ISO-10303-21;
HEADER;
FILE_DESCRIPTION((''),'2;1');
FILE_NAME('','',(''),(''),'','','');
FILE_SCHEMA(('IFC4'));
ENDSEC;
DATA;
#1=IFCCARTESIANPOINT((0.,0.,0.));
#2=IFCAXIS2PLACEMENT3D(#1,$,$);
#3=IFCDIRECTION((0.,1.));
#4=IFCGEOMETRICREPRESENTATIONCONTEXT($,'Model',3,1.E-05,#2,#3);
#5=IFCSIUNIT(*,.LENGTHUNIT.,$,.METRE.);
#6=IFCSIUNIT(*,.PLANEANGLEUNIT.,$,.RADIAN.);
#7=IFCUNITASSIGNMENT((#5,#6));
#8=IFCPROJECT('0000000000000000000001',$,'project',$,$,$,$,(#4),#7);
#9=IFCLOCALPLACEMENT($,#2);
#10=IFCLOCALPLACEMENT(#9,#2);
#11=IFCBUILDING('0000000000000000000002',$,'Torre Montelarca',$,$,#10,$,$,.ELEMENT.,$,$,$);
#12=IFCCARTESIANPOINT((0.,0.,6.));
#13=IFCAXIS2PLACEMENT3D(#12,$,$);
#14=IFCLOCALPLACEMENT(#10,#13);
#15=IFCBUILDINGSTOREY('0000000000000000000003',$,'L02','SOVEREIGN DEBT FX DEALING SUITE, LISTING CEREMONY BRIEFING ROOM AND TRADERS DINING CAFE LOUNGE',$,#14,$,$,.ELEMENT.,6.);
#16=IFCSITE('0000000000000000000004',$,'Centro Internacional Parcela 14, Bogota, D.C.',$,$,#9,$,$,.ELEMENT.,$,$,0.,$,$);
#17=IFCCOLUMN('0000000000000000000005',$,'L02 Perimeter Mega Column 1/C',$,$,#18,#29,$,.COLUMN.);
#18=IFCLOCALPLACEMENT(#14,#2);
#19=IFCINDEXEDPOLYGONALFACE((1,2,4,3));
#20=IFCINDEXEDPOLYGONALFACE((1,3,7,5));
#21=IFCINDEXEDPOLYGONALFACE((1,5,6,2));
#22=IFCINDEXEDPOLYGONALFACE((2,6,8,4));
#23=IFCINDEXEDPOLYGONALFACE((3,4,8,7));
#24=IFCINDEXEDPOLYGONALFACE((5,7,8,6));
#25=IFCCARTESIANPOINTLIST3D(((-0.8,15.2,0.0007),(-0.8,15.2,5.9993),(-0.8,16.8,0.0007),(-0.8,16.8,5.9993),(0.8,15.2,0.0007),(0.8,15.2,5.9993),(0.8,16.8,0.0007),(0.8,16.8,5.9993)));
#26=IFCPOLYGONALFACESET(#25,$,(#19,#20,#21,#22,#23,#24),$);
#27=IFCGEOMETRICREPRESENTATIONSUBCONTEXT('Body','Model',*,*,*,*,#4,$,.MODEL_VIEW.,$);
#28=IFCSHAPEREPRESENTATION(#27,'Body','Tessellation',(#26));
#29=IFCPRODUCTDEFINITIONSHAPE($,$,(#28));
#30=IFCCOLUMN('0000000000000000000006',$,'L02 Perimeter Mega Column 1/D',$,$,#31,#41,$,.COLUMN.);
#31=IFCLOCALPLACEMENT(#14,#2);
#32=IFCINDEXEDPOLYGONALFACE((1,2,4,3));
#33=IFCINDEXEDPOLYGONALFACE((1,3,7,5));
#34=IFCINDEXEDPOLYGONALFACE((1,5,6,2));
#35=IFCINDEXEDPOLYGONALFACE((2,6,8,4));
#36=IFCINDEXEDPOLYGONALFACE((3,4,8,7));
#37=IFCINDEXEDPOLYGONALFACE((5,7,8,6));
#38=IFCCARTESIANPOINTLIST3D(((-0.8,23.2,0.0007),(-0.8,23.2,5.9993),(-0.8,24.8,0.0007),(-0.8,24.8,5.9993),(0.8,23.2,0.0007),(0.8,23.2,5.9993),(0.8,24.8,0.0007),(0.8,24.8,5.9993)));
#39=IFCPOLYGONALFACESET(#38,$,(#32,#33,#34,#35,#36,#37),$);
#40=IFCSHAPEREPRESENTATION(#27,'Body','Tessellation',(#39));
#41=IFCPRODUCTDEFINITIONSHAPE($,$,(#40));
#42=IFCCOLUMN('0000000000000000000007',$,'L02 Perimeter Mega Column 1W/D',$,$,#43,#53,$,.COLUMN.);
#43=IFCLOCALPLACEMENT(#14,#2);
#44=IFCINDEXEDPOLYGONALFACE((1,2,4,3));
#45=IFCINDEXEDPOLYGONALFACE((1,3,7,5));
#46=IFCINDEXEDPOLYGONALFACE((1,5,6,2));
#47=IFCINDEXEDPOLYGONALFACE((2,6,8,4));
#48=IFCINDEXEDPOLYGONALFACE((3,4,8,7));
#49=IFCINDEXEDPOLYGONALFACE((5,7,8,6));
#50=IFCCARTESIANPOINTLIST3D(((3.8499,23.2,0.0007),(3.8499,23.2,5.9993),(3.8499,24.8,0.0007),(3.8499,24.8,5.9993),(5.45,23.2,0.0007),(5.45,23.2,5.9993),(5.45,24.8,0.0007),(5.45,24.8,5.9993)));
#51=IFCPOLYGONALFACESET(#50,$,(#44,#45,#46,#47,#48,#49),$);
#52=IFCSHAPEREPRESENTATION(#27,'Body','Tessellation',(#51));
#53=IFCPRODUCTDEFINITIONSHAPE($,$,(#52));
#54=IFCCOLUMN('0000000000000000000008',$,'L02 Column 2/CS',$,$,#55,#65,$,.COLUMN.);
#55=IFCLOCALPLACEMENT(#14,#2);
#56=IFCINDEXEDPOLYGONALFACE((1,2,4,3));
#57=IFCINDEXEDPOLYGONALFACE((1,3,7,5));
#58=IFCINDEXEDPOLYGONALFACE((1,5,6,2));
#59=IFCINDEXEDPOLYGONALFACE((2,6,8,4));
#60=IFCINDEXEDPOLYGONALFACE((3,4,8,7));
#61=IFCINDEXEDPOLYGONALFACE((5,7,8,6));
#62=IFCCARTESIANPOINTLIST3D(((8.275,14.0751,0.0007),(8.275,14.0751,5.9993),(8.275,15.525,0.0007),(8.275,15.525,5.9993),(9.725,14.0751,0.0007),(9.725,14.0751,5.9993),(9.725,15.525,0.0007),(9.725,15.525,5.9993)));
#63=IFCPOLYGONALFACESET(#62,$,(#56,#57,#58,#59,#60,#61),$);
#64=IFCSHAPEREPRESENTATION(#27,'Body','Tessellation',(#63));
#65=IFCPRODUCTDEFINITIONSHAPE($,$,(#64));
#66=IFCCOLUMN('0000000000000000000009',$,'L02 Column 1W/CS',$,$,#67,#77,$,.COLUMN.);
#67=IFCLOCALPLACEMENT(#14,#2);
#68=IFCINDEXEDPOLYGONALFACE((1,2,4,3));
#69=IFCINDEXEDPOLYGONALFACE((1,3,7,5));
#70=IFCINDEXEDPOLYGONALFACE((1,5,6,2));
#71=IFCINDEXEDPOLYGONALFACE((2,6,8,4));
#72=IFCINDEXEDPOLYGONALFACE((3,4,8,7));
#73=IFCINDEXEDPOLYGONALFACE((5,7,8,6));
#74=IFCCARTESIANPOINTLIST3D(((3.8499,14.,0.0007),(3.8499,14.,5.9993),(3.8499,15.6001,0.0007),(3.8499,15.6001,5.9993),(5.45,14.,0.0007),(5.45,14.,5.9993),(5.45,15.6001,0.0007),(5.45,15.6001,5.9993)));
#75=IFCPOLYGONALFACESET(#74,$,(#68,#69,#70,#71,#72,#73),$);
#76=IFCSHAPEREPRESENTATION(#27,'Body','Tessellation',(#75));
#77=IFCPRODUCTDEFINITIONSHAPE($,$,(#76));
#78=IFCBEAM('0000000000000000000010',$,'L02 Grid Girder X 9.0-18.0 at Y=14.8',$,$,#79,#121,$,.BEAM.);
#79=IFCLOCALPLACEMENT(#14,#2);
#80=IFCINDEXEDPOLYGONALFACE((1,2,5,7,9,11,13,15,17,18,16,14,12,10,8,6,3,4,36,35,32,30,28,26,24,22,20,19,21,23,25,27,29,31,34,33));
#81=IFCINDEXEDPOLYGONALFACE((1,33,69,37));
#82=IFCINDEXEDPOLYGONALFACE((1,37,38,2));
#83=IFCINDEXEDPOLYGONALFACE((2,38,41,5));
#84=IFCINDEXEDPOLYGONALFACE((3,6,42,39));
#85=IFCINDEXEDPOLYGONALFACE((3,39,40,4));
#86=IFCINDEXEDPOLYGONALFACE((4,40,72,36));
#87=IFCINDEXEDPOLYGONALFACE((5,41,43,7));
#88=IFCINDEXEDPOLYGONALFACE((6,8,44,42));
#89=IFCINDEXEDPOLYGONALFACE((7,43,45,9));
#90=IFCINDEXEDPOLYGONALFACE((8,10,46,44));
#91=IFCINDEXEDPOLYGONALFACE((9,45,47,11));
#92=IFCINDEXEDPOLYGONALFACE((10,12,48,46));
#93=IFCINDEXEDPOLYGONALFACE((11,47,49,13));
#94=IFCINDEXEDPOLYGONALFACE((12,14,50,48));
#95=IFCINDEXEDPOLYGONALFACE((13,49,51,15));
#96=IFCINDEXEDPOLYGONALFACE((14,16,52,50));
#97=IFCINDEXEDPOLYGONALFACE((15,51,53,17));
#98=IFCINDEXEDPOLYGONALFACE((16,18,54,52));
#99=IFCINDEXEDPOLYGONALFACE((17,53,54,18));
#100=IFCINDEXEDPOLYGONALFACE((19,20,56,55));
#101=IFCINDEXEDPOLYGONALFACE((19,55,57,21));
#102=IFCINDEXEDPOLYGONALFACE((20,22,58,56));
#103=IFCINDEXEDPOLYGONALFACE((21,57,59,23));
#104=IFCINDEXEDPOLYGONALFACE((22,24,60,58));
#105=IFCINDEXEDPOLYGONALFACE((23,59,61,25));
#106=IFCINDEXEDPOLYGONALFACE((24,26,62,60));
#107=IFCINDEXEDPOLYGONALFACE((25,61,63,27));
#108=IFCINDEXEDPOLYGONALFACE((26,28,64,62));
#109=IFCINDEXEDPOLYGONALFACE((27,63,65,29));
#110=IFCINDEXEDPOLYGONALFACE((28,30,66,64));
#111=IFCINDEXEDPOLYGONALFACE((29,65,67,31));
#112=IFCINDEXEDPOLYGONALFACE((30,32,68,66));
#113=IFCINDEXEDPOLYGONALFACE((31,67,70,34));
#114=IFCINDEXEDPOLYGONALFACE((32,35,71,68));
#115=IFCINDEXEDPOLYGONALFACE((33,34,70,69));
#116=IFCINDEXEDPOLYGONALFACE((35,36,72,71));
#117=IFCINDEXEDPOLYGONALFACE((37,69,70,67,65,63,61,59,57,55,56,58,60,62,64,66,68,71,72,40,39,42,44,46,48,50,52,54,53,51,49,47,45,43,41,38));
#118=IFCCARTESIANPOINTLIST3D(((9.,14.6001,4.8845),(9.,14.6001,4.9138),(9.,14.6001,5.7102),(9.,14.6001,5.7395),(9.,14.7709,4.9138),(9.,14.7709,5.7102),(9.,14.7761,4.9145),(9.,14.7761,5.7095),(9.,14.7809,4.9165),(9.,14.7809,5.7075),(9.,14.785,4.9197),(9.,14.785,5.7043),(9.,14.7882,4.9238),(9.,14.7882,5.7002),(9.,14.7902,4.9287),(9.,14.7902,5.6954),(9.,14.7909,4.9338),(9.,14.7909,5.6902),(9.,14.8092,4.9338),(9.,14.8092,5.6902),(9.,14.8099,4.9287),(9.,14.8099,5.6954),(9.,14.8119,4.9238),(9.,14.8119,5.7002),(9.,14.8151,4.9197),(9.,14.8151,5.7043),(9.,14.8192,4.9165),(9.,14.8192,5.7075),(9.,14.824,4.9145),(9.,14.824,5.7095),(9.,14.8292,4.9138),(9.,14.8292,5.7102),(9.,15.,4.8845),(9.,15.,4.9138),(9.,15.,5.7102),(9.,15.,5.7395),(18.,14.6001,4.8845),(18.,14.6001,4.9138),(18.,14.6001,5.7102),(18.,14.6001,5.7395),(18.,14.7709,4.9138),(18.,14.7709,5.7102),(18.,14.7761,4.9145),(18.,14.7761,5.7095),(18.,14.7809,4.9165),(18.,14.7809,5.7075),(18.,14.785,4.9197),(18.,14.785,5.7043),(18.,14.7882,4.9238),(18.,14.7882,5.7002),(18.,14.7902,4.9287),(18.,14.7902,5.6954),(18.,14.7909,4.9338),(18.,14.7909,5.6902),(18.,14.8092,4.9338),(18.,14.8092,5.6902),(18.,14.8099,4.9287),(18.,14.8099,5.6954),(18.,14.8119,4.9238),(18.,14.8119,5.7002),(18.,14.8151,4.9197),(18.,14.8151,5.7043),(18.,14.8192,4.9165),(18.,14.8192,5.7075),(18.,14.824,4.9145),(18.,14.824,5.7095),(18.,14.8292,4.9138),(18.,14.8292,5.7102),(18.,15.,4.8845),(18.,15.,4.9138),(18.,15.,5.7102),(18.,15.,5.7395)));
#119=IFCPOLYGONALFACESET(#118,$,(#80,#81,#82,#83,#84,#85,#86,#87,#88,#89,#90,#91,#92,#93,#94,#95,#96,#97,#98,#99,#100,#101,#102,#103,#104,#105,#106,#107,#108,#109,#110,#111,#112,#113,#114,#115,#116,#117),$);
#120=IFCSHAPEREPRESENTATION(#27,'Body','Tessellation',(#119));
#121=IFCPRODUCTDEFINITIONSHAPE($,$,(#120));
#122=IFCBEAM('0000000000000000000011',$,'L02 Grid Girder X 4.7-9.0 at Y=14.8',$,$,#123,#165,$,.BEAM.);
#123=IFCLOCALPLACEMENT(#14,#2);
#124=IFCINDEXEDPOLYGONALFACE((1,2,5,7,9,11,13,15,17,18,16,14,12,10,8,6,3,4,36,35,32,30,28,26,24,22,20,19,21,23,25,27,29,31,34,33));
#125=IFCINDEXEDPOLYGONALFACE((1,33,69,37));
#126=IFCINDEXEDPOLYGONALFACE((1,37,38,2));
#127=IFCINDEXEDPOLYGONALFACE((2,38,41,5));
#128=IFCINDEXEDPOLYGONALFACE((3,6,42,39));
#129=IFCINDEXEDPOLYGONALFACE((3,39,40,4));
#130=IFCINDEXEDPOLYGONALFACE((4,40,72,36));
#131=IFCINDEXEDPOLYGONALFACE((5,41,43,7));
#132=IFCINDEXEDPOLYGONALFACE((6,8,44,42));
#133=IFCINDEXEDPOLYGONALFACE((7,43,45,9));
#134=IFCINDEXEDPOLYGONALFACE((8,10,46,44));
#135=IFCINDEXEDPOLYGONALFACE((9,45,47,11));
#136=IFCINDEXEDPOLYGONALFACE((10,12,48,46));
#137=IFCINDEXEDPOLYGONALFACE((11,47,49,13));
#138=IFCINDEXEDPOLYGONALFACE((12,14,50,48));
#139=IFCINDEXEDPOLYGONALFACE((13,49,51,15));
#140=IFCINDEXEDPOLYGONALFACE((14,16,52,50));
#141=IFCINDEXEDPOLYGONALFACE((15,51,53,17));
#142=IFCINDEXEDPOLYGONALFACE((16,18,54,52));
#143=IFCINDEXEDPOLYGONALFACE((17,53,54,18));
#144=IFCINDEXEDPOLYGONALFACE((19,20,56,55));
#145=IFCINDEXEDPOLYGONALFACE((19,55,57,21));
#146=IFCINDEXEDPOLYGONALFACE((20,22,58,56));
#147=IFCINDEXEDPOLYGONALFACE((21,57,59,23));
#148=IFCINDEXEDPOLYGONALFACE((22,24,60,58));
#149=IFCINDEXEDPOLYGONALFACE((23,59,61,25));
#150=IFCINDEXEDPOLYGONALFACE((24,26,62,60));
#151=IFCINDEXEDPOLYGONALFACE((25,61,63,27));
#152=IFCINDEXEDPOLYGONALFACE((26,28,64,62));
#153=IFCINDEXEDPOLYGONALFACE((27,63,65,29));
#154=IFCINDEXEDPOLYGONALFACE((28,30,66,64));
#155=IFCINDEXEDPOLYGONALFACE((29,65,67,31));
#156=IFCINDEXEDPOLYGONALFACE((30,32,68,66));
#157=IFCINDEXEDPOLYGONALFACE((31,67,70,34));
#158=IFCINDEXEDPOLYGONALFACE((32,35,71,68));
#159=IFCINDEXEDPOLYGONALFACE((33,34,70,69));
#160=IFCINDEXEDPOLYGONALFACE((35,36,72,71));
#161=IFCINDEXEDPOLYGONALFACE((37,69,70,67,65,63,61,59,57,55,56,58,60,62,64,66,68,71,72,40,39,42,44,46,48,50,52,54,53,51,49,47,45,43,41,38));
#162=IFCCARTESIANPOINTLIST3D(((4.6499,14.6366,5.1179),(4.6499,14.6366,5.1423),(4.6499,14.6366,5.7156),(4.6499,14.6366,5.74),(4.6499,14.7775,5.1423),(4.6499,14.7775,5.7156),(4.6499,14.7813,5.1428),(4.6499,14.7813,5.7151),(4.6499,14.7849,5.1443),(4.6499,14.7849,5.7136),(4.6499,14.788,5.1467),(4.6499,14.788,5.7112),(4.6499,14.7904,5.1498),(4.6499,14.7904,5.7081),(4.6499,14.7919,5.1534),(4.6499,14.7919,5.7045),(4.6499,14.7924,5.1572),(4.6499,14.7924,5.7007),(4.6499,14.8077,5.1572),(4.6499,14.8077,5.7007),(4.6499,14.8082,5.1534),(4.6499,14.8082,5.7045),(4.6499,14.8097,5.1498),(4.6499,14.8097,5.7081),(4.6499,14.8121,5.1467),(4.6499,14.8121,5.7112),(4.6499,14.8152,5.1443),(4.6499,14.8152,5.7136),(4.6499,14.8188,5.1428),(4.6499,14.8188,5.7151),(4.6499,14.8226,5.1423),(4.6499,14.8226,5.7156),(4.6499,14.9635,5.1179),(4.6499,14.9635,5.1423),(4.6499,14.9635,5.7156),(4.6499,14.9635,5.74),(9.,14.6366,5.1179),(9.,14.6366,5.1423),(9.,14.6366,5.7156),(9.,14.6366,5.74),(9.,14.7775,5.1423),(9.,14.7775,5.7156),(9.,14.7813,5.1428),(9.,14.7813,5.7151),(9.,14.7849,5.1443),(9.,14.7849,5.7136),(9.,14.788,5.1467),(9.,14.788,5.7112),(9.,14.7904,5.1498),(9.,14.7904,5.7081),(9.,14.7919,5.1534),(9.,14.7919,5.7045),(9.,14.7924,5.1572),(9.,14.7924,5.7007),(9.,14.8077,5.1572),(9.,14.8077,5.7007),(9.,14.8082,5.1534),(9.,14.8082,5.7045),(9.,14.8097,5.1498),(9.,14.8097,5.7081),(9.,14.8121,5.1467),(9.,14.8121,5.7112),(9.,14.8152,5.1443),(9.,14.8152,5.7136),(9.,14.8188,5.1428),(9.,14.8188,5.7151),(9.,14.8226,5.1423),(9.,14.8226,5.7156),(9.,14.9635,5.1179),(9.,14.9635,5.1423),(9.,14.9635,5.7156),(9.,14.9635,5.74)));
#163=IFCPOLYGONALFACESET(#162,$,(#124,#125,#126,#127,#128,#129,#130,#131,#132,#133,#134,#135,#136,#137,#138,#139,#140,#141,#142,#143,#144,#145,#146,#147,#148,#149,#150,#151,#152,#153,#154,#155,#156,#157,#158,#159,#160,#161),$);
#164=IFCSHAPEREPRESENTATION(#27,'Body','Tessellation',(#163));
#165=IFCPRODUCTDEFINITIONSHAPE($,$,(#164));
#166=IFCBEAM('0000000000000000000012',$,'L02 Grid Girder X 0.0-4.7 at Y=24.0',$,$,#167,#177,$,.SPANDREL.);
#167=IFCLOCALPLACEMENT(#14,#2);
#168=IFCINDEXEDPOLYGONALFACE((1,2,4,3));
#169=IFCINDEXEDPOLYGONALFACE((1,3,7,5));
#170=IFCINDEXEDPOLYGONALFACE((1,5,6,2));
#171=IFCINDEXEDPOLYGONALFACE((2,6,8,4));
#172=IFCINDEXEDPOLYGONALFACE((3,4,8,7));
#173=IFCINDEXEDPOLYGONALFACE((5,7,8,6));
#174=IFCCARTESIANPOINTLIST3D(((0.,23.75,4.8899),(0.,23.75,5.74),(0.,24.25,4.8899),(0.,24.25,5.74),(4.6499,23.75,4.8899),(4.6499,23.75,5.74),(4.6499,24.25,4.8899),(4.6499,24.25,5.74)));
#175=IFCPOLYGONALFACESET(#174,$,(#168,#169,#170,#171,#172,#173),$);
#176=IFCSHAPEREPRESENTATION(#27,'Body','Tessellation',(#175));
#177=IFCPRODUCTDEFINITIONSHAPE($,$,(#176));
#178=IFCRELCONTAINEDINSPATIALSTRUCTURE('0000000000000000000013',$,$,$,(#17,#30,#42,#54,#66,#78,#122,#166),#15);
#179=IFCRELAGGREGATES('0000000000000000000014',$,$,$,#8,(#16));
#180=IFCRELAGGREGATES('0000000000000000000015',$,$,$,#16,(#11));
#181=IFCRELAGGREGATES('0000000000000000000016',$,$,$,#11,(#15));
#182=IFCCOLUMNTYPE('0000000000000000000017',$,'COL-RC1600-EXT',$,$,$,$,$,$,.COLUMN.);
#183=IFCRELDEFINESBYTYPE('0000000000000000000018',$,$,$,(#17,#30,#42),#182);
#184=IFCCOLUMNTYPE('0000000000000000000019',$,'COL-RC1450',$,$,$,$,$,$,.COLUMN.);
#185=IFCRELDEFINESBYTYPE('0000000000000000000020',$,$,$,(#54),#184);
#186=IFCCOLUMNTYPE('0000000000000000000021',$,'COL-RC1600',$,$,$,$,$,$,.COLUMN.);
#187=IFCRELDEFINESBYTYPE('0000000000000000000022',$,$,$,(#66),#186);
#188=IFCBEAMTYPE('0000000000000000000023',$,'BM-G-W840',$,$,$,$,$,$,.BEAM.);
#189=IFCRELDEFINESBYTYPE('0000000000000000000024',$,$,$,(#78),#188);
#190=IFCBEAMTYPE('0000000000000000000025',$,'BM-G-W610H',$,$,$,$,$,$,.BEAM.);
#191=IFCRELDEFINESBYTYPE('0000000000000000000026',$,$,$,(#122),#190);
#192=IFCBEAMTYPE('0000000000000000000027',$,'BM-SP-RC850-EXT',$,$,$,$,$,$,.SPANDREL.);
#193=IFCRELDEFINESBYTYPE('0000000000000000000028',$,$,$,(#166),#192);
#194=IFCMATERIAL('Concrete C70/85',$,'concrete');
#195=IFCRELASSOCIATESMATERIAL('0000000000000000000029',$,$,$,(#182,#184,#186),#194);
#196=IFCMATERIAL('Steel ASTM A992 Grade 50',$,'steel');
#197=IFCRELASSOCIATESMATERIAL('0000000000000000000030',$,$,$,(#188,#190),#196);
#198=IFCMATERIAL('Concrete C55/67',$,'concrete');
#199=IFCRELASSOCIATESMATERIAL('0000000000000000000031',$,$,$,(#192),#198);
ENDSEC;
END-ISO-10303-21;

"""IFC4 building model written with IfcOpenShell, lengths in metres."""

from ifc_helpers import new_model, si_unit, direction, frame, origin, origin_2d, place, context, subcontext, project, spatial, rectangle, i_section, extrude, source, transform, mapped, material, material_profile, profile_set, type_object, element, save


model = new_model("IFC4")

# Units and contexts
model_context = context("Model", 3, precision=1e-05, world=origin(), true_north=direction((0.0, 1.0)))
body_context = subcontext(model_context, "Body", "Model", "MODEL_VIEW")
ifc_project = project(units=[si_unit("LENGTHUNIT", "METRE"), si_unit("PLANEANGLEUNIT", "RADIAN")], contexts=[model_context])

# Site, building, storey
site_placement = place(None, origin())
site = spatial("IfcSite", under=ifc_project, at=site_placement, Name="Centro Internacional Parcela 14, Bogota, D.C.", CompositionType="ELEMENT", RefElevation=0.0)
building_placement = place(site_placement, origin())
building = spatial("IfcBuilding", under=site, at=building_placement, Name="Torre Montelarca", CompositionType="ELEMENT")
storey_placement = place(building_placement, frame((0.0, 0.0, 6.0)))
storey = spatial("IfcBuildingStorey", under=building, at=storey_placement, Name="L02", Description="SOVEREIGN DEBT FX DEALING SUITE, LISTING CEREMONY BRIEFING ROOM AND TRADERS DINING CAFE LOUNGE", CompositionType="ELEMENT", Elevation=6.0)

# Columns
ifc_material_1 = material(Name="Concrete C70/85", Category="concrete")
ifc_material_profile_1 = material_profile(ifc_material_1, rectangle(XDim=1.6001, YDim=1.6001, at=origin_2d()), Name="RC1600X1600", Category="concrete")
ifc_profile_set_1 = profile_set([ifc_material_profile_1], Name="Concrete C70/85")
column_type_1 = type_object("IfcColumnType", Name="COL-RC1600-EXT", PredefinedType="COLUMN", material=ifc_profile_set_1)
shared_shape_1 = source(origin(), body_context, "Body", "SweptSolid", [
    extrude(rectangle(XDim=1.6001, YDim=1.6001, at=origin_2d()), origin(), (0.0, 0.0, 1.0), 5.9985),
])
for number, where, z_axis, x_axis, name in (
    (1, (0.0, 16.0, 0.0007), (0.0, 0.0, 1.0), (1.0, 0.0, 0.0), "L02 Perimeter Mega Column 1/C"),
    (2, (0.0, 24.0, 0.0007), (0.0, 0.0, 1.0), (1.0, 0.0, 0.0), "L02 Perimeter Mega Column 1/D"),
    (3, (4.6499, 24.0, 0.0007), (0.0, 0.0, 1.0), (1.0, 0.0, 0.0), "L02 Perimeter Mega Column 1W/D"),
):
    element("IfcColumn", number, at=place(storey_placement, frame(where, z_axis=z_axis, x_axis=x_axis)), inside=storey, type_object=column_type_1, Name=name, PredefinedType="COLUMN", context=body_context, shape_type="MappedRepresentation", body=[
        mapped(shared_shape_1, transform((0.0, 0.0, 0.0), scale=1.0)),
    ])
ifc_material_profile_2 = material_profile(ifc_material_1, rectangle(XDim=1.45, YDim=1.45, at=origin_2d()), Name="RC1450X1450", Category="concrete")
ifc_profile_set_2 = profile_set([ifc_material_profile_2], Name="Concrete C70/85")
column_type_2 = type_object("IfcColumnType", Name="COL-RC1450", PredefinedType="COLUMN", material=ifc_profile_set_2)
shared_shape_2 = source(origin(), body_context, "Body", "SweptSolid", [
    extrude(rectangle(XDim=1.45, YDim=1.45, at=origin_2d()), origin(), (0.0, 0.0, 1.0), 5.9985),
])
column_1_placement = place(storey_placement, frame((9.0, 14.8, 0.0007), z_axis=(0.0, 0.0, 1.0), x_axis=(1.0, 0.0, 0.0)))
element("IfcColumn", 4, at=column_1_placement, inside=storey, type_object=column_type_2, Name="L02 Column 2/CS", PredefinedType="COLUMN", context=body_context, shape_type="MappedRepresentation", body=[
    mapped(shared_shape_2, transform((0.0, 0.0, 0.0), scale=1.0)),
])
ifc_material_profile_3 = material_profile(ifc_material_1, rectangle(XDim=1.6001, YDim=1.6001, at=origin_2d()), Name="RC1600X1600", Category="concrete")
ifc_profile_set_3 = profile_set([ifc_material_profile_3], Name="Concrete C70/85")
column_type_3 = type_object("IfcColumnType", Name="COL-RC1600", PredefinedType="COLUMN", material=ifc_profile_set_3)
shared_shape_3 = source(origin(), body_context, "Body", "SweptSolid", [
    extrude(rectangle(XDim=1.6001, YDim=1.6001, at=origin_2d()), origin(), (0.0, 0.0, 1.0), 5.9985),
])
column_2_placement = place(storey_placement, frame((4.6499, 14.8, 0.0007), z_axis=(0.0, 0.0, 1.0), x_axis=(1.0, 0.0, 0.0)))
element("IfcColumn", 5, at=column_2_placement, inside=storey, type_object=column_type_3, Name="L02 Column 1W/CS", PredefinedType="COLUMN", context=body_context, shape_type="MappedRepresentation", body=[
    mapped(shared_shape_3, transform((0.0, 0.0, 0.0), scale=1.0)),
])

# Beams
ifc_material_2 = material(Name="Steel ASTM A992 Grade 50", Category="steel")
ifc_material_profile_4 = material_profile(ifc_material_2, i_section(OverallWidth=0.3999, OverallDepth=0.855, WebThickness=0.0183, FlangeThickness=0.0293, FilletRadius=0.02, at=origin_2d()), Name="W840X299", Category="steel")
ifc_profile_set_4 = profile_set([ifc_material_profile_4], Name="Steel ASTM A992 Grade 50")
beam_type_1 = type_object("IfcBeamType", Name="BM-G-W840", PredefinedType="BEAM", material=ifc_profile_set_4)
shared_shape_4 = source(origin(), body_context, "Body", "SweptSolid", [
    extrude(i_section(OverallWidth=0.3999, OverallDepth=0.855, WebThickness=0.0183, FlangeThickness=0.0293, FilletRadius=0.02, at=origin_2d()), origin(), (0.0, 0.0, 1.0), 9.0),
])
beam_1_placement = place(storey_placement, frame((9.0, 14.8, 5.312), z_axis=(1.0, 0.0, 0.0), x_axis=(0.0, 1.0, 0.0)))
element("IfcBeam", 6, at=beam_1_placement, inside=storey, type_object=beam_type_1, Name="L02 Grid Girder X 9.0-18.0 at Y=14.8", PredefinedType="BEAM", context=body_context, shape_type="MappedRepresentation", body=[
    mapped(shared_shape_4, transform((0.0, 0.0, 0.0), scale=1.0)),
])
ifc_material_profile_5 = material_profile(ifc_material_2, i_section(OverallWidth=0.3269, OverallDepth=0.6221, WebThickness=0.0154, FlangeThickness=0.0244, FilletRadius=0.0149, at=origin_2d()), Name="W610X195", Category="steel")
ifc_profile_set_5 = profile_set([ifc_material_profile_5], Name="Steel ASTM A992 Grade 50")
beam_type_2 = type_object("IfcBeamType", Name="BM-G-W610H", PredefinedType="BEAM", material=ifc_profile_set_5)
shared_shape_5 = source(origin(), body_context, "Body", "SweptSolid", [
    extrude(i_section(OverallWidth=0.3269, OverallDepth=0.6221, WebThickness=0.0154, FlangeThickness=0.0244, FilletRadius=0.0149, at=origin_2d()), origin(), (0.0, 0.0, 1.0), 4.3501),
])
beam_2_placement = place(storey_placement, frame((4.6499, 14.8, 5.429), z_axis=(1.0, 0.0, 0.0), x_axis=(0.0, 1.0, 0.0)))
element("IfcBeam", 7, at=beam_2_placement, inside=storey, type_object=beam_type_2, Name="L02 Grid Girder X 4.7-9.0 at Y=14.8", PredefinedType="BEAM", context=body_context, shape_type="MappedRepresentation", body=[
    mapped(shared_shape_5, transform((0.0, 0.0, 0.0), scale=1.0)),
])
ifc_material_3 = material(Name="Concrete C55/67", Category="concrete")
ifc_material_profile_6 = material_profile(ifc_material_3, rectangle(XDim=0.5, YDim=0.8501, at=origin_2d()), Name="RCB500X850", Category="concrete")
ifc_profile_set_6 = profile_set([ifc_material_profile_6], Name="Concrete C55/67")
beam_type_3 = type_object("IfcBeamType", Name="BM-SP-RC850-EXT", PredefinedType="SPANDREL", material=ifc_profile_set_6)
shared_shape_6 = source(origin(), body_context, "Body", "SweptSolid", [
    extrude(rectangle(XDim=0.5, YDim=0.8501, at=origin_2d()), origin(), (0.0, 0.0, 1.0), 4.6499),
])
beam_3_placement = place(storey_placement, frame((0.0, 24.0, 5.3149), z_axis=(1.0, 0.0, 0.0), x_axis=(0.0, 1.0, 0.0)))
element("IfcBeam", 8, at=beam_3_placement, inside=storey, type_object=beam_type_3, Name="L02 Grid Girder X 0.0-4.7 at Y=24.0", PredefinedType="SPANDREL", context=body_context, shape_type="MappedRepresentation", body=[
    mapped(shared_shape_6, transform((0.0, 0.0, 0.0), scale=1.0)),
])

save(model, "model.ifc")
